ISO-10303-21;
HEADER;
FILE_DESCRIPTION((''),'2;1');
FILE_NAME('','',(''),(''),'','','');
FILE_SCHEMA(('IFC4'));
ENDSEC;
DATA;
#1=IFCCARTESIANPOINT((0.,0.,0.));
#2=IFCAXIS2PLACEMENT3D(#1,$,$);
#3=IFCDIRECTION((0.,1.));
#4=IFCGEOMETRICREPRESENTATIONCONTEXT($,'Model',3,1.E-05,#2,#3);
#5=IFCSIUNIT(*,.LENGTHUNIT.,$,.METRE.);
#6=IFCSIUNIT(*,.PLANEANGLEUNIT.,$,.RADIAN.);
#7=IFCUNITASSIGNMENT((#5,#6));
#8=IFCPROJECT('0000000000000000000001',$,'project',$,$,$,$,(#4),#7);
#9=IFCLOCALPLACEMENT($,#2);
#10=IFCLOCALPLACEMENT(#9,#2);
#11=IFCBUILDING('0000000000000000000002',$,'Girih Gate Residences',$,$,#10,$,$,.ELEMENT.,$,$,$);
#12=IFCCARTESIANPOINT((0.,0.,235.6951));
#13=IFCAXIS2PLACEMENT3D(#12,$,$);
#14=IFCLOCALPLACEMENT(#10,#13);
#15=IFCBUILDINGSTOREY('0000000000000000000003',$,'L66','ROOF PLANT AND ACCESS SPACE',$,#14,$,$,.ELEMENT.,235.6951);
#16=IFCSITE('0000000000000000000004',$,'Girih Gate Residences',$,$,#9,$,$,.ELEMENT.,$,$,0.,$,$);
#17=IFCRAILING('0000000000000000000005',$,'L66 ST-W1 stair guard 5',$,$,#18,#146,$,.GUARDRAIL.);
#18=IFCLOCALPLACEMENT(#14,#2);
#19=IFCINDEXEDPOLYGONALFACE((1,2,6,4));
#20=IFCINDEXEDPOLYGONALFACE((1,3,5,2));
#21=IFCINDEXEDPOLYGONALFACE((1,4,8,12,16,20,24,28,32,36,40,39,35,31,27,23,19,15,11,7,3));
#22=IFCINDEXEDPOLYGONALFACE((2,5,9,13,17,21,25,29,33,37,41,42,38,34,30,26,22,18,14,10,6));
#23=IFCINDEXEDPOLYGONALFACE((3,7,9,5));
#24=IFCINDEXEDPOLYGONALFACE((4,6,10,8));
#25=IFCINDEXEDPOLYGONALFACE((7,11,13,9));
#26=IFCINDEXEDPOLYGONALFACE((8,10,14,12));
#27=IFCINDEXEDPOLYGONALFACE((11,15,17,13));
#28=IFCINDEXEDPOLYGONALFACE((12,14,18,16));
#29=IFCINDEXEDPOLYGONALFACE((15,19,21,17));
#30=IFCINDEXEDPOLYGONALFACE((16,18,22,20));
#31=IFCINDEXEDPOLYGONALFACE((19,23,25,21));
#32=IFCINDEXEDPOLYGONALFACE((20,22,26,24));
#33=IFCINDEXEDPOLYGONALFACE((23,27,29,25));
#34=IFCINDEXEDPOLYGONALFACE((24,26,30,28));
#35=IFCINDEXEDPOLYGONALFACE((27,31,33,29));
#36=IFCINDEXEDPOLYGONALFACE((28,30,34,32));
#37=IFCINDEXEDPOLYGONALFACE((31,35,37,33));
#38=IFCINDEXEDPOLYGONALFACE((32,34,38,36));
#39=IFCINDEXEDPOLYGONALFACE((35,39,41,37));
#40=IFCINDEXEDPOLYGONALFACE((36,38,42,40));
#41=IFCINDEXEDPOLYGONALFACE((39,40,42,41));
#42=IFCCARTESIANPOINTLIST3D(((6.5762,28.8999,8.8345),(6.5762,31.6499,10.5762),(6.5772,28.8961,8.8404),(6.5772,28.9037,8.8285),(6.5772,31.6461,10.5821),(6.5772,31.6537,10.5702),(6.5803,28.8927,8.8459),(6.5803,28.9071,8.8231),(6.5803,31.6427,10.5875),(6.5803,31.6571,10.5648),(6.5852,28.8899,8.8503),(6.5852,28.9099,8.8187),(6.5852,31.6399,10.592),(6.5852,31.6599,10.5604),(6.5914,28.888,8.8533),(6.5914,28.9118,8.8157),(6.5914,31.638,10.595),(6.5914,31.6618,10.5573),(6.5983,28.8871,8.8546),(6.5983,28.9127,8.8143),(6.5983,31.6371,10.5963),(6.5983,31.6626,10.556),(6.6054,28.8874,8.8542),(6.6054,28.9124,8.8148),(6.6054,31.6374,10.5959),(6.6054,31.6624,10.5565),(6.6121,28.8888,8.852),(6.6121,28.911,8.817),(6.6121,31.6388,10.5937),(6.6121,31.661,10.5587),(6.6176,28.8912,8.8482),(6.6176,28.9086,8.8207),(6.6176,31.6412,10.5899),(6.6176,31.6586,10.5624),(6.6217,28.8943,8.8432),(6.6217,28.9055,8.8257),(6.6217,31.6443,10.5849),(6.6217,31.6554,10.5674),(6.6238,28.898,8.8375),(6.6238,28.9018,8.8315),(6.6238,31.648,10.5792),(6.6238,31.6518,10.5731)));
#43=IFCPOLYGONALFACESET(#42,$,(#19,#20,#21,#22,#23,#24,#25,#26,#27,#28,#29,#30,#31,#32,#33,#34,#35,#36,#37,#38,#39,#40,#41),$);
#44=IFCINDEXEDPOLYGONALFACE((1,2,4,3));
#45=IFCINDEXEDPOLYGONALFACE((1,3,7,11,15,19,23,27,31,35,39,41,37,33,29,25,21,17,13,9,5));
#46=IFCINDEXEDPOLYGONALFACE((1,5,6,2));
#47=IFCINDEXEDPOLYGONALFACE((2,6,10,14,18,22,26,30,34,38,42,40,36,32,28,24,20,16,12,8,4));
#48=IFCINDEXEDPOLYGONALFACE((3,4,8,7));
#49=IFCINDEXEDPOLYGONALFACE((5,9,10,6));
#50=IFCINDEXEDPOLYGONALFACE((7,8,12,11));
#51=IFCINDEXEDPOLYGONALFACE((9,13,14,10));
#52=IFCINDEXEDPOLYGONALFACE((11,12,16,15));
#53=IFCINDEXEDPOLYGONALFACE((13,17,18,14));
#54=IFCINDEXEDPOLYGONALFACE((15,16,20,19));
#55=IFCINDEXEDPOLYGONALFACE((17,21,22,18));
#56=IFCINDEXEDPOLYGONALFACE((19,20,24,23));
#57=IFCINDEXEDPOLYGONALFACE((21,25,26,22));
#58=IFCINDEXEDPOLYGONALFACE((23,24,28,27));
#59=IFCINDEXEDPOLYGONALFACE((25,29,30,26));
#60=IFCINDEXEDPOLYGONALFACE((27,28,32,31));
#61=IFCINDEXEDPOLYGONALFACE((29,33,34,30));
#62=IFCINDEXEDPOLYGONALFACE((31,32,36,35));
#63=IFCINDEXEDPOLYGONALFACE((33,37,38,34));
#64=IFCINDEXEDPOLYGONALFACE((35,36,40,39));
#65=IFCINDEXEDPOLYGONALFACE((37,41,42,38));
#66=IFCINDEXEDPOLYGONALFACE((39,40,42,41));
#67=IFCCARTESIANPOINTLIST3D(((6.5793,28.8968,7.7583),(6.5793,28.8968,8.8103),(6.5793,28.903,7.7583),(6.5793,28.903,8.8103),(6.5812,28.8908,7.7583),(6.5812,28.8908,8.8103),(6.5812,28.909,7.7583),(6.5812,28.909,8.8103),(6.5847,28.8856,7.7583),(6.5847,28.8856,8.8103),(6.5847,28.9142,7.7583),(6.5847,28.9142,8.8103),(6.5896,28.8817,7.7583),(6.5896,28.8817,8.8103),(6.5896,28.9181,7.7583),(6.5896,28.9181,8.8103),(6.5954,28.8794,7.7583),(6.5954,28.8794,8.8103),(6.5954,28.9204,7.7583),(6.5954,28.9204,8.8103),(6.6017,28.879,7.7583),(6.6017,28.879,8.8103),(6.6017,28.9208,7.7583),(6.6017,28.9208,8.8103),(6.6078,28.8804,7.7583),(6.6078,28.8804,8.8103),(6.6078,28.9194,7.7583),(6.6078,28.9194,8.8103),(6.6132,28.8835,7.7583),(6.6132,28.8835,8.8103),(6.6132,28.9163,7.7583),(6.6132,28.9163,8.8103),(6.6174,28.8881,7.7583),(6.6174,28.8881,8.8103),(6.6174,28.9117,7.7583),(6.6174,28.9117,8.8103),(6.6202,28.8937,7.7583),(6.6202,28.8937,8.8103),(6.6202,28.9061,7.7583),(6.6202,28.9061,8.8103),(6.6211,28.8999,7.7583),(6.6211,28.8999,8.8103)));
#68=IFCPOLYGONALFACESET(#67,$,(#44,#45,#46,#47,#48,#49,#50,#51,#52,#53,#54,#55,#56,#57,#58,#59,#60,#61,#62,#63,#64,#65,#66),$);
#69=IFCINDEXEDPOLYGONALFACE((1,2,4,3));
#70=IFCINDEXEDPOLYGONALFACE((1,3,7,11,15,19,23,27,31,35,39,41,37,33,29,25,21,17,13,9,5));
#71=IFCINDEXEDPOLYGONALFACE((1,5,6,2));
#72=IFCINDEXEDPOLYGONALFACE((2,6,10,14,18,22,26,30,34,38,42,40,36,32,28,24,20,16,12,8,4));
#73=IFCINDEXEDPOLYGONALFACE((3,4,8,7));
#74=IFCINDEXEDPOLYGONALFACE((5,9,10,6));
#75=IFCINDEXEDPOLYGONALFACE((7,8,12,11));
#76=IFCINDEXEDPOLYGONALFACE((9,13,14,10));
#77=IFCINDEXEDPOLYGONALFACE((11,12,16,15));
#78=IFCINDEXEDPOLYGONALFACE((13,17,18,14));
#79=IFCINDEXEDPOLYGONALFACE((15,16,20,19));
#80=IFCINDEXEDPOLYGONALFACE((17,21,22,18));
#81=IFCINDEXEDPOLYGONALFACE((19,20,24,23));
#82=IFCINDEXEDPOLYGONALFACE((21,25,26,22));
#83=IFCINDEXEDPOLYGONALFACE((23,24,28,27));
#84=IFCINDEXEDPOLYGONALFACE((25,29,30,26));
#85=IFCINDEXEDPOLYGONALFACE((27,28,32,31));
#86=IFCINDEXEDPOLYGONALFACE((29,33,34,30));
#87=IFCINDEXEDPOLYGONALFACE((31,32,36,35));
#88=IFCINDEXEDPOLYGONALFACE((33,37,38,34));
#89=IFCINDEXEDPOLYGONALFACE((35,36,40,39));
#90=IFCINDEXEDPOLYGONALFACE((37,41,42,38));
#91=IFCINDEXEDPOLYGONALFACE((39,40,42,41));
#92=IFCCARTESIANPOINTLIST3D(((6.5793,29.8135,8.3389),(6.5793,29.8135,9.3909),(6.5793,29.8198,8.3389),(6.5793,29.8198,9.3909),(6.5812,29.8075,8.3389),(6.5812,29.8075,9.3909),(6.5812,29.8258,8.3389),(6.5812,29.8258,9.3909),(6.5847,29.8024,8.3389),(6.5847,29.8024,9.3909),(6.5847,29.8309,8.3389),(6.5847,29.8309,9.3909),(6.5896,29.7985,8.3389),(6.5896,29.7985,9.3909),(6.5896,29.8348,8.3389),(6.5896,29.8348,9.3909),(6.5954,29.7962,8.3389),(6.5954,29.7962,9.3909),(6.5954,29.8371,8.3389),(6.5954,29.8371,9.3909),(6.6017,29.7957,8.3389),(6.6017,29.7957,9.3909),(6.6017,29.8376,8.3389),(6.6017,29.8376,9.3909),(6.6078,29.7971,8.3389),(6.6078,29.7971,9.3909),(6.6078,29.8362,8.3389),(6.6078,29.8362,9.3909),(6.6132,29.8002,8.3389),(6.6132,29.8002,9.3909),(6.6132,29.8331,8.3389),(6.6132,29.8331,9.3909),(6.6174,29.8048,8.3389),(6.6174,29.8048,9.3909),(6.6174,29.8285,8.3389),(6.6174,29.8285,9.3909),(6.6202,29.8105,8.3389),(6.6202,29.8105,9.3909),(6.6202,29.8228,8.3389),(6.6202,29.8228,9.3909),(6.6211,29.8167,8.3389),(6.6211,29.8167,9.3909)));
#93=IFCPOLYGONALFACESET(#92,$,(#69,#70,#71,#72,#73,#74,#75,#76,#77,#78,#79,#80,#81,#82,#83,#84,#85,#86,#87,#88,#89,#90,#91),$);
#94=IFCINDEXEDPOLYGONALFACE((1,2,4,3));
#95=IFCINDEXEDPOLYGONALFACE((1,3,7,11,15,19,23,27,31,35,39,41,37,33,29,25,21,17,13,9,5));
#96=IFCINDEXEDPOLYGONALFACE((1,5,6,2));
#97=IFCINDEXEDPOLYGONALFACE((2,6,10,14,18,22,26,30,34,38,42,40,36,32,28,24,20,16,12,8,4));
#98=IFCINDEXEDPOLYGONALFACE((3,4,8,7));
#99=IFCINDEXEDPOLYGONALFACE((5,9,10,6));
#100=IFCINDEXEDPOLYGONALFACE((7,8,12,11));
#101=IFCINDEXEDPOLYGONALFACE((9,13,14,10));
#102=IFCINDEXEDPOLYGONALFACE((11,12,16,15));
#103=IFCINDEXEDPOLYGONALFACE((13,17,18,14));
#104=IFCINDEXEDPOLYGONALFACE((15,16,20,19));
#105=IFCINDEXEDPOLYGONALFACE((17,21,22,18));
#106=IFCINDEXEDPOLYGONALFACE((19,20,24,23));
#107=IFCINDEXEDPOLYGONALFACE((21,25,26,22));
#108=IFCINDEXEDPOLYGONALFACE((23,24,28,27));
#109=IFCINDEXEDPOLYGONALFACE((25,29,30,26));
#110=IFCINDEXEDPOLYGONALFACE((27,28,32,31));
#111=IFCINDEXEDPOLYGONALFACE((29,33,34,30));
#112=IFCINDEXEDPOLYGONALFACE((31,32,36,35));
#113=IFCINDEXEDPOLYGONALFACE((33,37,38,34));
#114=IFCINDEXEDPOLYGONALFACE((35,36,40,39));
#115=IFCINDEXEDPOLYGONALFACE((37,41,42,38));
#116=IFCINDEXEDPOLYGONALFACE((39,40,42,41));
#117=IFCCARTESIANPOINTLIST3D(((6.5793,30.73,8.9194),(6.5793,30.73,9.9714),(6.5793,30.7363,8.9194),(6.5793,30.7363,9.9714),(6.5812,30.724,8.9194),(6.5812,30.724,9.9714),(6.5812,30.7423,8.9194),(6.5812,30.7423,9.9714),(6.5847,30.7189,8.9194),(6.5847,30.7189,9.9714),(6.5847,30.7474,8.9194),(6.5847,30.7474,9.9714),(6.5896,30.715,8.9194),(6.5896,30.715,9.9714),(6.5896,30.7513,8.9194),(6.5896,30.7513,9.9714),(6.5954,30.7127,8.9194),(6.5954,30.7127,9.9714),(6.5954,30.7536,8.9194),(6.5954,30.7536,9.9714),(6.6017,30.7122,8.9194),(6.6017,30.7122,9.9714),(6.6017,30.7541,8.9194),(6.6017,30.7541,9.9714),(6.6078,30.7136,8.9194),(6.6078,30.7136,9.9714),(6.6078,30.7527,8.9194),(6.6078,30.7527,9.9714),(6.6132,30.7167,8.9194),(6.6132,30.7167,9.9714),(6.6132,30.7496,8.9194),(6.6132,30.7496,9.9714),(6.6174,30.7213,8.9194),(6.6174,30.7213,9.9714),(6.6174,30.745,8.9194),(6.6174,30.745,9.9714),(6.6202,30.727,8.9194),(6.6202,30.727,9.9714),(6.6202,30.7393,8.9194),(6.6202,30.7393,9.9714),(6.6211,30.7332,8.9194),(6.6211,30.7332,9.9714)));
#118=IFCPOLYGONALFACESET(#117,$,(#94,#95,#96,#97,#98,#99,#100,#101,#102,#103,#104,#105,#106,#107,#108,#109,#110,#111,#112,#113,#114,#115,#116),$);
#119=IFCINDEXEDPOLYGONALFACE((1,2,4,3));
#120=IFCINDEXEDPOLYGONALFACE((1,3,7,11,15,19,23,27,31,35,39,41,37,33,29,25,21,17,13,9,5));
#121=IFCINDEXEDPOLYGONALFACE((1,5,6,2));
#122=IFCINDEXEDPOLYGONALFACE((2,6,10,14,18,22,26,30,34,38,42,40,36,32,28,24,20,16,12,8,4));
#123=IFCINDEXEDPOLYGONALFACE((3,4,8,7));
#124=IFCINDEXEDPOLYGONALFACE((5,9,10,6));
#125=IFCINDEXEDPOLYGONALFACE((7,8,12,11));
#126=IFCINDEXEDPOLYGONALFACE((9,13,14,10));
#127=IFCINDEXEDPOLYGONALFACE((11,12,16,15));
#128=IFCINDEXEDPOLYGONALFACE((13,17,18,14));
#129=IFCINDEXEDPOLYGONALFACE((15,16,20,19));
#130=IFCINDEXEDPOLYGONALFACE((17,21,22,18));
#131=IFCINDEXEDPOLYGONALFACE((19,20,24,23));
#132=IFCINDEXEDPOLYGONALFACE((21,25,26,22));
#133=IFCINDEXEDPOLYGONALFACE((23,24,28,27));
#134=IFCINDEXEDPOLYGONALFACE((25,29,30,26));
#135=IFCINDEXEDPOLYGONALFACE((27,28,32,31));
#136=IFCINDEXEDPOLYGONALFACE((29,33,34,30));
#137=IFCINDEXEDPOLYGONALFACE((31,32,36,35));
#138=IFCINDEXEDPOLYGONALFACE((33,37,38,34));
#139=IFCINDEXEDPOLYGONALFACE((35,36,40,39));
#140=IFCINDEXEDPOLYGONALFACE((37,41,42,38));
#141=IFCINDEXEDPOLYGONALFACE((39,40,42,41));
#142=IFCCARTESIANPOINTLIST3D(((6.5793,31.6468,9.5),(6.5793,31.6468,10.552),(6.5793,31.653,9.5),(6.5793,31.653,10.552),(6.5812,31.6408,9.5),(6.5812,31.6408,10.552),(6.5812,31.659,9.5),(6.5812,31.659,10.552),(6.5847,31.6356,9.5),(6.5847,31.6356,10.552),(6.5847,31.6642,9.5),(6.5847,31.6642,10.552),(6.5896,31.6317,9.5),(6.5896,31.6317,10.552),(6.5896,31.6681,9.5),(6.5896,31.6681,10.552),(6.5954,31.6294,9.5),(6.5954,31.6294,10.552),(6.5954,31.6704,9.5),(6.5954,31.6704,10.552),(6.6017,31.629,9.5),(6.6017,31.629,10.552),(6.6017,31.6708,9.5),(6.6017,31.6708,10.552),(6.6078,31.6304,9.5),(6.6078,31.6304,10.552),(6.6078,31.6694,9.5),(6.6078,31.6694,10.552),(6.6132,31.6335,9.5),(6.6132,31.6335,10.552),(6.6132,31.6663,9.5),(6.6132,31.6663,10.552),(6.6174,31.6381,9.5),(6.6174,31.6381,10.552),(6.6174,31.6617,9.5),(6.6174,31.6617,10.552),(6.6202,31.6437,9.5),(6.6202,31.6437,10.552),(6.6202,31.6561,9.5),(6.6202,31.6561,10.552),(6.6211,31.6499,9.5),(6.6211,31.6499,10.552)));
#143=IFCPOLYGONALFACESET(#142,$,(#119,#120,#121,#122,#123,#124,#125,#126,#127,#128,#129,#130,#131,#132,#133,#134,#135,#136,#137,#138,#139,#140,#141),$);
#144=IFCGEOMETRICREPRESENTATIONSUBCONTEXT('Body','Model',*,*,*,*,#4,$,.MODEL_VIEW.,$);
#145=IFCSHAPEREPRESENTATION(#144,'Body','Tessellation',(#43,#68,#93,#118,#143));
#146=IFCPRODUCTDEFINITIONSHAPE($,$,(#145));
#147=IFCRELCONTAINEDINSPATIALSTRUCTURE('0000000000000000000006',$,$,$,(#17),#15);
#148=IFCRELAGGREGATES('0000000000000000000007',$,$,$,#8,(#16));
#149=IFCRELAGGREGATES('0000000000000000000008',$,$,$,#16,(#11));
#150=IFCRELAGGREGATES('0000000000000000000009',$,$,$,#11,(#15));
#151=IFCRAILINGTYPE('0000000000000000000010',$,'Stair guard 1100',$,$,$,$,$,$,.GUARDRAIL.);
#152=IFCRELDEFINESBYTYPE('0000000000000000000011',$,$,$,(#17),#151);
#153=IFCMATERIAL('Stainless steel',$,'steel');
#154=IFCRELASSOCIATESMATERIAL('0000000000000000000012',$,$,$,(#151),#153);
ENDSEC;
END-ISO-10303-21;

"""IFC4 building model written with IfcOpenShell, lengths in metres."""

from ifc_helpers import new_model, si_unit, direction, frame, origin, origin_2d, place, context, subcontext, project, spatial, circle, extrude, material, type_object, element, save


model = new_model("IFC4")

# Units and contexts
model_context = context("Model", 3, precision=1e-05, world=origin(), true_north=direction((0.0, 1.0)))
body_context = subcontext(model_context, "Body", "Model", "MODEL_VIEW")
ifc_project = project(units=[si_unit("LENGTHUNIT", "METRE"), si_unit("PLANEANGLEUNIT", "RADIAN")], contexts=[model_context])

# Site, building, storey
site_placement = place(None, origin())
site = spatial("IfcSite", under=ifc_project, at=site_placement, Name="Girih Gate Residences", CompositionType="ELEMENT", RefElevation=0.0)
building_placement = place(site_placement, origin())
building = spatial("IfcBuilding", under=site, at=building_placement, Name="Girih Gate Residences", CompositionType="ELEMENT")
storey_placement = place(building_placement, frame((0.0, 0.0, 235.6951)))
storey = spatial("IfcBuildingStorey", under=building, at=storey_placement, Name="L66", Description="ROOF PLANT AND ACCESS SPACE", CompositionType="ELEMENT", Elevation=235.6951)

# Railing
ifc_material_1 = material(Name="Stainless steel", Category="steel")
railing_type_1 = type_object("IfcRailingType", Name="Stair guard 1100", PredefinedType="GUARDRAIL", material=ifc_material_1)
for number, where, name in (
    (1, (6.6001, 28.8999, 7.7583), "L66 ST-W1 stair guard 5"),
):
    element("IfcRailing", number, at=place(storey_placement, frame(where)), inside=storey, type_object=railing_type_1, Name=name, PredefinedType="GUARDRAIL", context=body_context, shape_type="SweptSolid", body=[
        extrude(circle(Radius=0.0239, at=origin_2d()), frame((0.0, 0.0, 1.0762), z_axis=(0.0, 0.844815, 0.535059), x_axis=(-1.0, 0.0, 0.0)), (0.0, 0.0, 1.0), 3.2551),
        extrude(circle(Radius=0.021, at=origin_2d()), origin(), (0.0, 0.0, 1.0), 1.052),
        extrude(circle(Radius=0.021, at=origin_2d()), frame((0.0, 0.9167, 0.5806)), (0.0, 0.0, 1.0), 1.052),
        extrude(circle(Radius=0.021, at=origin_2d()), frame((0.0, 1.8333, 1.1611)), (0.0, 0.0, 1.0), 1.052),
        extrude(circle(Radius=0.021, at=origin_2d()), frame((0.0, 2.75, 1.7417)), (0.0, 0.0, 1.0), 1.052),
    ])

save(model, "model.ifc")
